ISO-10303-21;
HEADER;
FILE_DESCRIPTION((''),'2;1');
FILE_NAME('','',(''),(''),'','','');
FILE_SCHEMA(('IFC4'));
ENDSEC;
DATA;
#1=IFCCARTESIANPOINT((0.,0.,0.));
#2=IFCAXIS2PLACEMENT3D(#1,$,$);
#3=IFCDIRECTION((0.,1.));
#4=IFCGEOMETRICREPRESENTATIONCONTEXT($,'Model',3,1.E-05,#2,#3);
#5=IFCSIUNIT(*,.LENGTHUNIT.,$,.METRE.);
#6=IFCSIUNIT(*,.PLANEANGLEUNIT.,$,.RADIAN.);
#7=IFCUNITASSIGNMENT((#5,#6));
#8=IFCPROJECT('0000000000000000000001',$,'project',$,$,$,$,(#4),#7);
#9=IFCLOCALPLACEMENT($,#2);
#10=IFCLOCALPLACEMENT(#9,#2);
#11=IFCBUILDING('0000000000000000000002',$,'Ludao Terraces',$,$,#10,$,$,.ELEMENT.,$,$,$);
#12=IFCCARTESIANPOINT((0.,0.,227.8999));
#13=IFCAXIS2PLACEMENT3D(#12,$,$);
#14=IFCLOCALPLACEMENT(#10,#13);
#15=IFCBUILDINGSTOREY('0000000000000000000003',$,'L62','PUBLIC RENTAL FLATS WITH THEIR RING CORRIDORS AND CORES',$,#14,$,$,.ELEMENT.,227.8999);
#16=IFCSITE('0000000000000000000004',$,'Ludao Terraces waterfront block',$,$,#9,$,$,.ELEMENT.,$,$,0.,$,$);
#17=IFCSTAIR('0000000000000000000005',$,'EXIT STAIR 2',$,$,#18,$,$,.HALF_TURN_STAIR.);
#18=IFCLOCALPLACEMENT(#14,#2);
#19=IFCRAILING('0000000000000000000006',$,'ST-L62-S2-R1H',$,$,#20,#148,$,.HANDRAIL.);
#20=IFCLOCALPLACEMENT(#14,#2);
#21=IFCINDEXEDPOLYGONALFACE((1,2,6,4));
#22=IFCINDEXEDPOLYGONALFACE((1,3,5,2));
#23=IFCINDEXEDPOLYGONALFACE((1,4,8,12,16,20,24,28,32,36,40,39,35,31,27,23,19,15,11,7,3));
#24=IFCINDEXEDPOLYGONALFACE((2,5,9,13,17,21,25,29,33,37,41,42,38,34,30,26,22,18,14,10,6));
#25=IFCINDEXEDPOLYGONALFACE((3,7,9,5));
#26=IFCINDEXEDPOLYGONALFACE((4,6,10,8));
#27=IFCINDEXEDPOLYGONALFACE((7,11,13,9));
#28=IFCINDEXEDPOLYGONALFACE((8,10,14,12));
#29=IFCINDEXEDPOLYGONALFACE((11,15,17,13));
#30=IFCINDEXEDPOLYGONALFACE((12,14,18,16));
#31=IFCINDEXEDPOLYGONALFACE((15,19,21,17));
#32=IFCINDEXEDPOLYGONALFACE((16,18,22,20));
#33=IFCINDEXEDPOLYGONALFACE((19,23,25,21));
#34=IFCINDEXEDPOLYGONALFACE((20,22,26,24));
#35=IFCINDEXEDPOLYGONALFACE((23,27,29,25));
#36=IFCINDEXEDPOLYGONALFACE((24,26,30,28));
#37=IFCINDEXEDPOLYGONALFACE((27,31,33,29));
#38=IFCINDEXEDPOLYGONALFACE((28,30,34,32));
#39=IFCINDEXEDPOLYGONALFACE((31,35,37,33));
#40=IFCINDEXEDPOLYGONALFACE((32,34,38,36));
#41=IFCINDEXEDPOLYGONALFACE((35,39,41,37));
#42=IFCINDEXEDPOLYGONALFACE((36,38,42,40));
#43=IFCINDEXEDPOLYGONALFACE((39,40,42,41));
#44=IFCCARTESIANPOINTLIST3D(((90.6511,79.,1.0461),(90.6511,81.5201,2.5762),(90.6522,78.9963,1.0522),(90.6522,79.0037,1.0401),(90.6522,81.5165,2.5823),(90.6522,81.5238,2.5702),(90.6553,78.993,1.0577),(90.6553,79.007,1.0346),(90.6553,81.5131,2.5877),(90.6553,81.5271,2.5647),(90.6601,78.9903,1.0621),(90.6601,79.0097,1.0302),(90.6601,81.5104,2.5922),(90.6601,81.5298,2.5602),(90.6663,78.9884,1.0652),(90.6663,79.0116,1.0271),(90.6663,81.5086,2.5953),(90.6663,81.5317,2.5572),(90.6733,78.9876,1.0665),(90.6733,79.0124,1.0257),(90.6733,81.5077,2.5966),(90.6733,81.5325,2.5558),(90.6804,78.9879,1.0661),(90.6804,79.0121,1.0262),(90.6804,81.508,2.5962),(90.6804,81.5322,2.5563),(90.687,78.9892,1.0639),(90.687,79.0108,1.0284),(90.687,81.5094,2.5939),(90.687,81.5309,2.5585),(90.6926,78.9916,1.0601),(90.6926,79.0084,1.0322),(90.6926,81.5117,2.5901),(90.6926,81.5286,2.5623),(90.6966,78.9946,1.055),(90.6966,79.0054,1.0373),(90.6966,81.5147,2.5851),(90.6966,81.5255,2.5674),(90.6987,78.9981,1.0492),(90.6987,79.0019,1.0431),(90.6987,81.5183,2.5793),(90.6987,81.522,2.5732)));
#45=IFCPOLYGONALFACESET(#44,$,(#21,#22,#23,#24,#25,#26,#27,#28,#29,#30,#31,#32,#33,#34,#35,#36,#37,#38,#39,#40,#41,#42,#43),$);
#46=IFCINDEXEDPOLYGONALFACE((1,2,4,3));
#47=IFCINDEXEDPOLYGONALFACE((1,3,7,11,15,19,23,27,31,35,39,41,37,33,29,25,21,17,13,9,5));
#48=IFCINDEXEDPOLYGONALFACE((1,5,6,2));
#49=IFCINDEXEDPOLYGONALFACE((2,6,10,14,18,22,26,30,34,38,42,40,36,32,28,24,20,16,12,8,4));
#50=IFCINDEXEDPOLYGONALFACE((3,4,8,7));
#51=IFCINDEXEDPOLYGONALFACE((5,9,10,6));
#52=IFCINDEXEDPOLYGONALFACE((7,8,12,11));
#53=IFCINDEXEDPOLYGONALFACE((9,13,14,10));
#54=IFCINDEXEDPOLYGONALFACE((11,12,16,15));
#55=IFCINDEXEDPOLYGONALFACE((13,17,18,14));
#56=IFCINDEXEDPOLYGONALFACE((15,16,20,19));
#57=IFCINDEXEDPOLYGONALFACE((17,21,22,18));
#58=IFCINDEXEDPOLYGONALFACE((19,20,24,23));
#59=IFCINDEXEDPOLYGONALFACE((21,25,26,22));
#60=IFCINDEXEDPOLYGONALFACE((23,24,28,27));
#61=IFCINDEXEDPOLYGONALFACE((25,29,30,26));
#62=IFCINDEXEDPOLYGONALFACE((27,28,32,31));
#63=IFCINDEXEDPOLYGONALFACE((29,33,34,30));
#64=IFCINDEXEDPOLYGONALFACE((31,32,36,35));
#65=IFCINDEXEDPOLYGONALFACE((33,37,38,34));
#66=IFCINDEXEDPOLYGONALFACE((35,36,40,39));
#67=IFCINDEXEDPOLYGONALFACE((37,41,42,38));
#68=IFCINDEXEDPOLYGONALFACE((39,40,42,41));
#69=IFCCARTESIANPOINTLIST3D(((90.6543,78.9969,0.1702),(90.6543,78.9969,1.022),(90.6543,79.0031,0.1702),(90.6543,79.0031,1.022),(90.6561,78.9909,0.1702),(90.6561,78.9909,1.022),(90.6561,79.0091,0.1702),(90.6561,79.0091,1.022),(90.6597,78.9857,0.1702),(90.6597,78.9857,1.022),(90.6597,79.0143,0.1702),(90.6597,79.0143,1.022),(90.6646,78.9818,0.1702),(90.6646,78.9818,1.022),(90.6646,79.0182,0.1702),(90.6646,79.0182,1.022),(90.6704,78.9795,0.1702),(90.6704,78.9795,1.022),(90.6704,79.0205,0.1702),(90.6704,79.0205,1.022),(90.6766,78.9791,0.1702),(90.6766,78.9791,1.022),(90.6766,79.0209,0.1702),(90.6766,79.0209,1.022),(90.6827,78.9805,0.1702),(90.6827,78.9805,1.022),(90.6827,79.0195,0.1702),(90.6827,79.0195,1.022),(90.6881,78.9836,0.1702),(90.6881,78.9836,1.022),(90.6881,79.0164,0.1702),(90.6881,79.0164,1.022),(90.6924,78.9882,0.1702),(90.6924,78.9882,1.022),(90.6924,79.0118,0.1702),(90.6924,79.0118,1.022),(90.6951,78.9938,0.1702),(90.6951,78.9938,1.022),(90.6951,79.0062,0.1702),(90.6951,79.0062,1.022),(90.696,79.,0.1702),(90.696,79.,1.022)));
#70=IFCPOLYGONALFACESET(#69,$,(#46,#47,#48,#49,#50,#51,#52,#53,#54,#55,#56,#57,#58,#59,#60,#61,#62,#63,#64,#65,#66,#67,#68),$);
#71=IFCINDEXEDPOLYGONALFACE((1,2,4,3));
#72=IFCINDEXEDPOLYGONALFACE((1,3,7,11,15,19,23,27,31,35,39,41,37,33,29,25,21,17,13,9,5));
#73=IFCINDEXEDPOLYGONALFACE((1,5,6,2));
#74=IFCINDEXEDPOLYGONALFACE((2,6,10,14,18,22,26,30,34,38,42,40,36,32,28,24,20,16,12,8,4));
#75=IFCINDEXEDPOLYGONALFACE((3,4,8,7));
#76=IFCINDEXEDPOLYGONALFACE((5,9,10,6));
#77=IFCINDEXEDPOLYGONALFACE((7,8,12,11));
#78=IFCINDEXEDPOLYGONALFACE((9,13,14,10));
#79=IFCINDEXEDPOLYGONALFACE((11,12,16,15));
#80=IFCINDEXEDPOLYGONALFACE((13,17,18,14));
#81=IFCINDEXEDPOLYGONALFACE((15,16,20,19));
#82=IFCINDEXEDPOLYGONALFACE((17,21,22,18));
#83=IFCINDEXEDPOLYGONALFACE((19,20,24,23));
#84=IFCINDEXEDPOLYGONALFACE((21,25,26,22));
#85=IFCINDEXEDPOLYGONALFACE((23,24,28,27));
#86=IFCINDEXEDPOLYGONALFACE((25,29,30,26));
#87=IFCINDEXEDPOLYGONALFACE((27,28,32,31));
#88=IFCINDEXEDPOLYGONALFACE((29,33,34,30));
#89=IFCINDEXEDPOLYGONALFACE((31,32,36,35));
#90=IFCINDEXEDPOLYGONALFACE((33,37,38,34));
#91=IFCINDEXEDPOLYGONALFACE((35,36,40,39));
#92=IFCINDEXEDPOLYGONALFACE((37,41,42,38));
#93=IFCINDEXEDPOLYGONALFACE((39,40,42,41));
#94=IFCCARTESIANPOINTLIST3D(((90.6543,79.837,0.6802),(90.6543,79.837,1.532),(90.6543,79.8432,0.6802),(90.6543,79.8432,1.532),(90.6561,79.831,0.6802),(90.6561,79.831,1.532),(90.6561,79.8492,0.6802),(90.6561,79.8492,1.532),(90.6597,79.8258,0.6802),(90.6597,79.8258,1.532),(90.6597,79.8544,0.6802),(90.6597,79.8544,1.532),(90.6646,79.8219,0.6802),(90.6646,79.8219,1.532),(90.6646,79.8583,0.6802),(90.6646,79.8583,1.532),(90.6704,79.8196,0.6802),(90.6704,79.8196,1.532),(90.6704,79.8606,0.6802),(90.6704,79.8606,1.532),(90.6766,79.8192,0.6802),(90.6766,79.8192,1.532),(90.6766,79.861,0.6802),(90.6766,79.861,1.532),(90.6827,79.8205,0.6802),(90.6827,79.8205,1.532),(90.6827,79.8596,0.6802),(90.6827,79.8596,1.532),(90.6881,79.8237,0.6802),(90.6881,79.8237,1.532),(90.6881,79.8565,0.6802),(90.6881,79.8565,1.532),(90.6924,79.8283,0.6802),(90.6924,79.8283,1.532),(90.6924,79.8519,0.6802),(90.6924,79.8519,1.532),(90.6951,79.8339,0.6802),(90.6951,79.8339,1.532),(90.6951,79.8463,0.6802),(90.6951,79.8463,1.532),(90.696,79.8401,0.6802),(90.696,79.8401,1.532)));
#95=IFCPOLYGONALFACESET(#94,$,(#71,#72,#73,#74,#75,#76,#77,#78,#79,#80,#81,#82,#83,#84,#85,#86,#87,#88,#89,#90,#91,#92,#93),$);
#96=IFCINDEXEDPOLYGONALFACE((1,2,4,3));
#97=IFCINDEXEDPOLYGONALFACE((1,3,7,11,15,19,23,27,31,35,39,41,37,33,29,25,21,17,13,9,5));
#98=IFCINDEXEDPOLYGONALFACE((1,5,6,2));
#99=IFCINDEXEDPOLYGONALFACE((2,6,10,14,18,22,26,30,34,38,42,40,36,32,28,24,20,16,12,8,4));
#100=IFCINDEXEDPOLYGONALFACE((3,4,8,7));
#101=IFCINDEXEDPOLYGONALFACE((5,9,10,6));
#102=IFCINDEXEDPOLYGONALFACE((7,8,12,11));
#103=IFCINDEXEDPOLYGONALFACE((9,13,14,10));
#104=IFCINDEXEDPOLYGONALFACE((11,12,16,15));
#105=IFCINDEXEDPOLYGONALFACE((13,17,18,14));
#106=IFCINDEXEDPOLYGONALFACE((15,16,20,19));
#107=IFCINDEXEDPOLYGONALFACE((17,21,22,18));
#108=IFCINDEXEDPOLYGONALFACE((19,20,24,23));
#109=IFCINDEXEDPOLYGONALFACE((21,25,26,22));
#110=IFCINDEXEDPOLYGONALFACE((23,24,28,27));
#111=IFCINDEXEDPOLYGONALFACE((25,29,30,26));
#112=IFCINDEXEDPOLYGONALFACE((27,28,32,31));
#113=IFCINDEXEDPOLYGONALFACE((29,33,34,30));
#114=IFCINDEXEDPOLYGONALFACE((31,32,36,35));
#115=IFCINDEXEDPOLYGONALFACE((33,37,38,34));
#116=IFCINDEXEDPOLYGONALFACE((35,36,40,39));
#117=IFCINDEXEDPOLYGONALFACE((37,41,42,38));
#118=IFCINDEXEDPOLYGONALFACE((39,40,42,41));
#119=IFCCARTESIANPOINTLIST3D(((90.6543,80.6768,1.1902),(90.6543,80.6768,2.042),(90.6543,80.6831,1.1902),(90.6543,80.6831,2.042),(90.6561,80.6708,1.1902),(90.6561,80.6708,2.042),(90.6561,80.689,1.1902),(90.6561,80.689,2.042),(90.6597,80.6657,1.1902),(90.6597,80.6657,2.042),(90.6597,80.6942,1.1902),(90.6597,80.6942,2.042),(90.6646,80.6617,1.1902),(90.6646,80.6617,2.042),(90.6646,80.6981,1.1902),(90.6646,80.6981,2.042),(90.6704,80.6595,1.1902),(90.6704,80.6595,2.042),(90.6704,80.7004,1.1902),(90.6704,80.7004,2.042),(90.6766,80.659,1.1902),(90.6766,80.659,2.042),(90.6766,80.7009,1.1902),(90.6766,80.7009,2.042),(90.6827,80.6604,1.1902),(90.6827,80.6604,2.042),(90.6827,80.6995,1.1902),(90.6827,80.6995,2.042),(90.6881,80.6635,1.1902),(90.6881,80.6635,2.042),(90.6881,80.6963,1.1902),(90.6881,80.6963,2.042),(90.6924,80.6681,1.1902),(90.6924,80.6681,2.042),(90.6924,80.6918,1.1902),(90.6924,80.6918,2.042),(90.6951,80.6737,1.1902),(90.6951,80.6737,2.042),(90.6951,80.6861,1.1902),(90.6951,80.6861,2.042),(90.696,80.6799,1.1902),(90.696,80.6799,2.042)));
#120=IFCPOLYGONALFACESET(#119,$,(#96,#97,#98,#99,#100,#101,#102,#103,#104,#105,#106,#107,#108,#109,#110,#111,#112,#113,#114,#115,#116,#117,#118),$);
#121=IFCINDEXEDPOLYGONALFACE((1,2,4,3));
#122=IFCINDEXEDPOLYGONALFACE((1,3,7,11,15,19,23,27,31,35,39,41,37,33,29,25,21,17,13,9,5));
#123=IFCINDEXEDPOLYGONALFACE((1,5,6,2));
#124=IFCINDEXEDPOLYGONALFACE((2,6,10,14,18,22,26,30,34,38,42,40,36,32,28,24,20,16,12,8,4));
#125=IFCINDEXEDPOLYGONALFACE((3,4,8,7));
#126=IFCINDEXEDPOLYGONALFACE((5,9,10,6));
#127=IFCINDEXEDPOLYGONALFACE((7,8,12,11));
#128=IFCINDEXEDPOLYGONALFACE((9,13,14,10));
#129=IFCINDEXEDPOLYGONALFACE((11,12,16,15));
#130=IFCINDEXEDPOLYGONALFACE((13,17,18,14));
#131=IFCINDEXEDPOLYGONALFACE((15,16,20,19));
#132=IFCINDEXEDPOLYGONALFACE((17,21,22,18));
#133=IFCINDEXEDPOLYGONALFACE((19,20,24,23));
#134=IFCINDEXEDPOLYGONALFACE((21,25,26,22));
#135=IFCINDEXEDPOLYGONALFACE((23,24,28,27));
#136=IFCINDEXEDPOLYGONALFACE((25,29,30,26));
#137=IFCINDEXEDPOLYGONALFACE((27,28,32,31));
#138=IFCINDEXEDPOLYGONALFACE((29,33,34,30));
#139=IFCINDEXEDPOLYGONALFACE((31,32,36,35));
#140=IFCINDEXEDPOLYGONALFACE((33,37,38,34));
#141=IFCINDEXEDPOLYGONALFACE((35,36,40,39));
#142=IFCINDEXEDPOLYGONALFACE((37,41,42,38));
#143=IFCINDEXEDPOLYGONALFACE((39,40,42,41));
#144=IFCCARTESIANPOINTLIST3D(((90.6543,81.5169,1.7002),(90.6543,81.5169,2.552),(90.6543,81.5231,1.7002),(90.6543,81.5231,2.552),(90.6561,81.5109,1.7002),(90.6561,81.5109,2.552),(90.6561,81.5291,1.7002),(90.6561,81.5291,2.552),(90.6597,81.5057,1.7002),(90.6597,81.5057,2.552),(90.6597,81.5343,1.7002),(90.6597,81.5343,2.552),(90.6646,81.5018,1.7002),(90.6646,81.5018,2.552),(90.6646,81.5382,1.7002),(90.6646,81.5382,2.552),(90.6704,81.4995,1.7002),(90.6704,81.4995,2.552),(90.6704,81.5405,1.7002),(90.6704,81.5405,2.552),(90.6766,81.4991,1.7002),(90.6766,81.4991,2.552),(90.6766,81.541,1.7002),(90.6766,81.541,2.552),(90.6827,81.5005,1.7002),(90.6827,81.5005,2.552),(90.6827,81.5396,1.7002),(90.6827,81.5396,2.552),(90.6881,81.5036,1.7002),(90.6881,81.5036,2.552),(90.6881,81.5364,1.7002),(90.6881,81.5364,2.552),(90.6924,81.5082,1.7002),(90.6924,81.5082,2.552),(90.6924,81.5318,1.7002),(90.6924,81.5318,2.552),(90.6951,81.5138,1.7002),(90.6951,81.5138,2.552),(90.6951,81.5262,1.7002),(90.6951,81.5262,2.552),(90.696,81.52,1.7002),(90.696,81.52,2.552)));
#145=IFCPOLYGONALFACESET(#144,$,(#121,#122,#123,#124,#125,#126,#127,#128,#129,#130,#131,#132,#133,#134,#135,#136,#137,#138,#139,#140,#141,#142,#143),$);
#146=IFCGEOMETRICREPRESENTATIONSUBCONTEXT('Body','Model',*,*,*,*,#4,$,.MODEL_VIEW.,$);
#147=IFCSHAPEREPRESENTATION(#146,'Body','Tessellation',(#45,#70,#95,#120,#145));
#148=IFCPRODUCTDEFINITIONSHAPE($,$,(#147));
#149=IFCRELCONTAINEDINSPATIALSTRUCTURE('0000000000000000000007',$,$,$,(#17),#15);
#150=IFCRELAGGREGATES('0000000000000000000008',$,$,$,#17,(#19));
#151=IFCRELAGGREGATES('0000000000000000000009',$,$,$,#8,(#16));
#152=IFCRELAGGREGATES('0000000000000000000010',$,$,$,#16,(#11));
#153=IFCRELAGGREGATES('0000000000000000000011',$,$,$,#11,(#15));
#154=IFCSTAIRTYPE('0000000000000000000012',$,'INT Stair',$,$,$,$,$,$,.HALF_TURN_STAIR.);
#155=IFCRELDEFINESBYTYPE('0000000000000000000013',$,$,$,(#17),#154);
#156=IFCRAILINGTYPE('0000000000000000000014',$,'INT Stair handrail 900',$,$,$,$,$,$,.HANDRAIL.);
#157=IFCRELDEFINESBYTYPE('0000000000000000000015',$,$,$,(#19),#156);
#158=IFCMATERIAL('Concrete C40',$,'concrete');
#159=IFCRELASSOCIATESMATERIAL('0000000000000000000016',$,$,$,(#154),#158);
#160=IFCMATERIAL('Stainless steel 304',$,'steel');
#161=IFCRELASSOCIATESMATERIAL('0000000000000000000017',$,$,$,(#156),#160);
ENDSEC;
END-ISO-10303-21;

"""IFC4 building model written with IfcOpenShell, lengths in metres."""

from ifc_helpers import new_model, si_unit, direction, frame, origin, origin_2d, place, context, subcontext, project, spatial, circle, extrude, material, type_object, element, aggregate, save


model = new_model("IFC4")

# Units and contexts
model_context = context("Model", 3, precision=1e-05, world=origin(), true_north=direction((0.0, 1.0)))
body_context = subcontext(model_context, "Body", "Model", "MODEL_VIEW")
ifc_project = project(units=[si_unit("LENGTHUNIT", "METRE"), si_unit("PLANEANGLEUNIT", "RADIAN")], contexts=[model_context])

# Site, building, storey
site_placement = place(None, origin())
site = spatial("IfcSite", under=ifc_project, at=site_placement, Name="Ludao Terraces waterfront block", CompositionType="ELEMENT", RefElevation=0.0)
building_placement = place(site_placement, origin())
building = spatial("IfcBuilding", under=site, at=building_placement, Name="Ludao Terraces", CompositionType="ELEMENT")
storey_placement = place(building_placement, frame((0.0, 0.0, 227.8999)))
storey = spatial("IfcBuildingStorey", under=building, at=storey_placement, Name="L62", Description="PUBLIC RENTAL FLATS WITH THEIR RING CORRIDORS AND CORES", CompositionType="ELEMENT", Elevation=227.8999)

# Shared definitions
ifc_material_1 = material(Name="Stainless steel 304", Category="steel")

# Stair, railing
ifc_material_2 = material(Name="Concrete C40", Category="concrete")
stair_type = type_object("IfcStairType", Name="INT Stair", PredefinedType="HALF_TURN_STAIR", material=ifc_material_2)
stair_placement = place(storey_placement, origin())
stair = element("IfcStair", 1, at=stair_placement, inside=storey, type_object=stair_type, Name="EXIT STAIR 2", PredefinedType="HALF_TURN_STAIR")
railing_type_1 = type_object("IfcRailingType", Name="INT Stair handrail 900", PredefinedType="HANDRAIL", material=ifc_material_1)
railing_1_placement = place(storey_placement, frame((90.675, 79.0, 0.1702)))
railing_1 = element("IfcRailing", 2, at=railing_1_placement, type_object=railing_type_1, Name="ST-L62-S2-R1H", PredefinedType="HANDRAIL", context=body_context, shape_type="SweptSolid", body=[
    extrude(circle(Radius=0.0239, at=origin_2d()), frame((0.0, 0.0, 0.876), z_axis=(0.0, 0.854785, 0.518982), x_axis=(-1.0, 0.0, 0.0)), (0.0, 0.0, 1.0), 2.9482),
    extrude(circle(Radius=0.021, at=origin_2d()), origin(), (0.0, 0.0, 1.0), 0.8518),
    extrude(circle(Radius=0.021, at=origin_2d()), frame((0.0, 0.8401, 0.51)), (0.0, 0.0, 1.0), 0.8518),
    extrude(circle(Radius=0.021, at=origin_2d()), frame((0.0, 1.6799, 1.02)), (0.0, 0.0, 1.0), 0.8518),
    extrude(circle(Radius=0.021, at=origin_2d()), frame((0.0, 2.52, 1.53)), (0.0, 0.0, 1.0), 0.8518),
])
aggregate(stair, [railing_1])

save(model, "model.ifc")
